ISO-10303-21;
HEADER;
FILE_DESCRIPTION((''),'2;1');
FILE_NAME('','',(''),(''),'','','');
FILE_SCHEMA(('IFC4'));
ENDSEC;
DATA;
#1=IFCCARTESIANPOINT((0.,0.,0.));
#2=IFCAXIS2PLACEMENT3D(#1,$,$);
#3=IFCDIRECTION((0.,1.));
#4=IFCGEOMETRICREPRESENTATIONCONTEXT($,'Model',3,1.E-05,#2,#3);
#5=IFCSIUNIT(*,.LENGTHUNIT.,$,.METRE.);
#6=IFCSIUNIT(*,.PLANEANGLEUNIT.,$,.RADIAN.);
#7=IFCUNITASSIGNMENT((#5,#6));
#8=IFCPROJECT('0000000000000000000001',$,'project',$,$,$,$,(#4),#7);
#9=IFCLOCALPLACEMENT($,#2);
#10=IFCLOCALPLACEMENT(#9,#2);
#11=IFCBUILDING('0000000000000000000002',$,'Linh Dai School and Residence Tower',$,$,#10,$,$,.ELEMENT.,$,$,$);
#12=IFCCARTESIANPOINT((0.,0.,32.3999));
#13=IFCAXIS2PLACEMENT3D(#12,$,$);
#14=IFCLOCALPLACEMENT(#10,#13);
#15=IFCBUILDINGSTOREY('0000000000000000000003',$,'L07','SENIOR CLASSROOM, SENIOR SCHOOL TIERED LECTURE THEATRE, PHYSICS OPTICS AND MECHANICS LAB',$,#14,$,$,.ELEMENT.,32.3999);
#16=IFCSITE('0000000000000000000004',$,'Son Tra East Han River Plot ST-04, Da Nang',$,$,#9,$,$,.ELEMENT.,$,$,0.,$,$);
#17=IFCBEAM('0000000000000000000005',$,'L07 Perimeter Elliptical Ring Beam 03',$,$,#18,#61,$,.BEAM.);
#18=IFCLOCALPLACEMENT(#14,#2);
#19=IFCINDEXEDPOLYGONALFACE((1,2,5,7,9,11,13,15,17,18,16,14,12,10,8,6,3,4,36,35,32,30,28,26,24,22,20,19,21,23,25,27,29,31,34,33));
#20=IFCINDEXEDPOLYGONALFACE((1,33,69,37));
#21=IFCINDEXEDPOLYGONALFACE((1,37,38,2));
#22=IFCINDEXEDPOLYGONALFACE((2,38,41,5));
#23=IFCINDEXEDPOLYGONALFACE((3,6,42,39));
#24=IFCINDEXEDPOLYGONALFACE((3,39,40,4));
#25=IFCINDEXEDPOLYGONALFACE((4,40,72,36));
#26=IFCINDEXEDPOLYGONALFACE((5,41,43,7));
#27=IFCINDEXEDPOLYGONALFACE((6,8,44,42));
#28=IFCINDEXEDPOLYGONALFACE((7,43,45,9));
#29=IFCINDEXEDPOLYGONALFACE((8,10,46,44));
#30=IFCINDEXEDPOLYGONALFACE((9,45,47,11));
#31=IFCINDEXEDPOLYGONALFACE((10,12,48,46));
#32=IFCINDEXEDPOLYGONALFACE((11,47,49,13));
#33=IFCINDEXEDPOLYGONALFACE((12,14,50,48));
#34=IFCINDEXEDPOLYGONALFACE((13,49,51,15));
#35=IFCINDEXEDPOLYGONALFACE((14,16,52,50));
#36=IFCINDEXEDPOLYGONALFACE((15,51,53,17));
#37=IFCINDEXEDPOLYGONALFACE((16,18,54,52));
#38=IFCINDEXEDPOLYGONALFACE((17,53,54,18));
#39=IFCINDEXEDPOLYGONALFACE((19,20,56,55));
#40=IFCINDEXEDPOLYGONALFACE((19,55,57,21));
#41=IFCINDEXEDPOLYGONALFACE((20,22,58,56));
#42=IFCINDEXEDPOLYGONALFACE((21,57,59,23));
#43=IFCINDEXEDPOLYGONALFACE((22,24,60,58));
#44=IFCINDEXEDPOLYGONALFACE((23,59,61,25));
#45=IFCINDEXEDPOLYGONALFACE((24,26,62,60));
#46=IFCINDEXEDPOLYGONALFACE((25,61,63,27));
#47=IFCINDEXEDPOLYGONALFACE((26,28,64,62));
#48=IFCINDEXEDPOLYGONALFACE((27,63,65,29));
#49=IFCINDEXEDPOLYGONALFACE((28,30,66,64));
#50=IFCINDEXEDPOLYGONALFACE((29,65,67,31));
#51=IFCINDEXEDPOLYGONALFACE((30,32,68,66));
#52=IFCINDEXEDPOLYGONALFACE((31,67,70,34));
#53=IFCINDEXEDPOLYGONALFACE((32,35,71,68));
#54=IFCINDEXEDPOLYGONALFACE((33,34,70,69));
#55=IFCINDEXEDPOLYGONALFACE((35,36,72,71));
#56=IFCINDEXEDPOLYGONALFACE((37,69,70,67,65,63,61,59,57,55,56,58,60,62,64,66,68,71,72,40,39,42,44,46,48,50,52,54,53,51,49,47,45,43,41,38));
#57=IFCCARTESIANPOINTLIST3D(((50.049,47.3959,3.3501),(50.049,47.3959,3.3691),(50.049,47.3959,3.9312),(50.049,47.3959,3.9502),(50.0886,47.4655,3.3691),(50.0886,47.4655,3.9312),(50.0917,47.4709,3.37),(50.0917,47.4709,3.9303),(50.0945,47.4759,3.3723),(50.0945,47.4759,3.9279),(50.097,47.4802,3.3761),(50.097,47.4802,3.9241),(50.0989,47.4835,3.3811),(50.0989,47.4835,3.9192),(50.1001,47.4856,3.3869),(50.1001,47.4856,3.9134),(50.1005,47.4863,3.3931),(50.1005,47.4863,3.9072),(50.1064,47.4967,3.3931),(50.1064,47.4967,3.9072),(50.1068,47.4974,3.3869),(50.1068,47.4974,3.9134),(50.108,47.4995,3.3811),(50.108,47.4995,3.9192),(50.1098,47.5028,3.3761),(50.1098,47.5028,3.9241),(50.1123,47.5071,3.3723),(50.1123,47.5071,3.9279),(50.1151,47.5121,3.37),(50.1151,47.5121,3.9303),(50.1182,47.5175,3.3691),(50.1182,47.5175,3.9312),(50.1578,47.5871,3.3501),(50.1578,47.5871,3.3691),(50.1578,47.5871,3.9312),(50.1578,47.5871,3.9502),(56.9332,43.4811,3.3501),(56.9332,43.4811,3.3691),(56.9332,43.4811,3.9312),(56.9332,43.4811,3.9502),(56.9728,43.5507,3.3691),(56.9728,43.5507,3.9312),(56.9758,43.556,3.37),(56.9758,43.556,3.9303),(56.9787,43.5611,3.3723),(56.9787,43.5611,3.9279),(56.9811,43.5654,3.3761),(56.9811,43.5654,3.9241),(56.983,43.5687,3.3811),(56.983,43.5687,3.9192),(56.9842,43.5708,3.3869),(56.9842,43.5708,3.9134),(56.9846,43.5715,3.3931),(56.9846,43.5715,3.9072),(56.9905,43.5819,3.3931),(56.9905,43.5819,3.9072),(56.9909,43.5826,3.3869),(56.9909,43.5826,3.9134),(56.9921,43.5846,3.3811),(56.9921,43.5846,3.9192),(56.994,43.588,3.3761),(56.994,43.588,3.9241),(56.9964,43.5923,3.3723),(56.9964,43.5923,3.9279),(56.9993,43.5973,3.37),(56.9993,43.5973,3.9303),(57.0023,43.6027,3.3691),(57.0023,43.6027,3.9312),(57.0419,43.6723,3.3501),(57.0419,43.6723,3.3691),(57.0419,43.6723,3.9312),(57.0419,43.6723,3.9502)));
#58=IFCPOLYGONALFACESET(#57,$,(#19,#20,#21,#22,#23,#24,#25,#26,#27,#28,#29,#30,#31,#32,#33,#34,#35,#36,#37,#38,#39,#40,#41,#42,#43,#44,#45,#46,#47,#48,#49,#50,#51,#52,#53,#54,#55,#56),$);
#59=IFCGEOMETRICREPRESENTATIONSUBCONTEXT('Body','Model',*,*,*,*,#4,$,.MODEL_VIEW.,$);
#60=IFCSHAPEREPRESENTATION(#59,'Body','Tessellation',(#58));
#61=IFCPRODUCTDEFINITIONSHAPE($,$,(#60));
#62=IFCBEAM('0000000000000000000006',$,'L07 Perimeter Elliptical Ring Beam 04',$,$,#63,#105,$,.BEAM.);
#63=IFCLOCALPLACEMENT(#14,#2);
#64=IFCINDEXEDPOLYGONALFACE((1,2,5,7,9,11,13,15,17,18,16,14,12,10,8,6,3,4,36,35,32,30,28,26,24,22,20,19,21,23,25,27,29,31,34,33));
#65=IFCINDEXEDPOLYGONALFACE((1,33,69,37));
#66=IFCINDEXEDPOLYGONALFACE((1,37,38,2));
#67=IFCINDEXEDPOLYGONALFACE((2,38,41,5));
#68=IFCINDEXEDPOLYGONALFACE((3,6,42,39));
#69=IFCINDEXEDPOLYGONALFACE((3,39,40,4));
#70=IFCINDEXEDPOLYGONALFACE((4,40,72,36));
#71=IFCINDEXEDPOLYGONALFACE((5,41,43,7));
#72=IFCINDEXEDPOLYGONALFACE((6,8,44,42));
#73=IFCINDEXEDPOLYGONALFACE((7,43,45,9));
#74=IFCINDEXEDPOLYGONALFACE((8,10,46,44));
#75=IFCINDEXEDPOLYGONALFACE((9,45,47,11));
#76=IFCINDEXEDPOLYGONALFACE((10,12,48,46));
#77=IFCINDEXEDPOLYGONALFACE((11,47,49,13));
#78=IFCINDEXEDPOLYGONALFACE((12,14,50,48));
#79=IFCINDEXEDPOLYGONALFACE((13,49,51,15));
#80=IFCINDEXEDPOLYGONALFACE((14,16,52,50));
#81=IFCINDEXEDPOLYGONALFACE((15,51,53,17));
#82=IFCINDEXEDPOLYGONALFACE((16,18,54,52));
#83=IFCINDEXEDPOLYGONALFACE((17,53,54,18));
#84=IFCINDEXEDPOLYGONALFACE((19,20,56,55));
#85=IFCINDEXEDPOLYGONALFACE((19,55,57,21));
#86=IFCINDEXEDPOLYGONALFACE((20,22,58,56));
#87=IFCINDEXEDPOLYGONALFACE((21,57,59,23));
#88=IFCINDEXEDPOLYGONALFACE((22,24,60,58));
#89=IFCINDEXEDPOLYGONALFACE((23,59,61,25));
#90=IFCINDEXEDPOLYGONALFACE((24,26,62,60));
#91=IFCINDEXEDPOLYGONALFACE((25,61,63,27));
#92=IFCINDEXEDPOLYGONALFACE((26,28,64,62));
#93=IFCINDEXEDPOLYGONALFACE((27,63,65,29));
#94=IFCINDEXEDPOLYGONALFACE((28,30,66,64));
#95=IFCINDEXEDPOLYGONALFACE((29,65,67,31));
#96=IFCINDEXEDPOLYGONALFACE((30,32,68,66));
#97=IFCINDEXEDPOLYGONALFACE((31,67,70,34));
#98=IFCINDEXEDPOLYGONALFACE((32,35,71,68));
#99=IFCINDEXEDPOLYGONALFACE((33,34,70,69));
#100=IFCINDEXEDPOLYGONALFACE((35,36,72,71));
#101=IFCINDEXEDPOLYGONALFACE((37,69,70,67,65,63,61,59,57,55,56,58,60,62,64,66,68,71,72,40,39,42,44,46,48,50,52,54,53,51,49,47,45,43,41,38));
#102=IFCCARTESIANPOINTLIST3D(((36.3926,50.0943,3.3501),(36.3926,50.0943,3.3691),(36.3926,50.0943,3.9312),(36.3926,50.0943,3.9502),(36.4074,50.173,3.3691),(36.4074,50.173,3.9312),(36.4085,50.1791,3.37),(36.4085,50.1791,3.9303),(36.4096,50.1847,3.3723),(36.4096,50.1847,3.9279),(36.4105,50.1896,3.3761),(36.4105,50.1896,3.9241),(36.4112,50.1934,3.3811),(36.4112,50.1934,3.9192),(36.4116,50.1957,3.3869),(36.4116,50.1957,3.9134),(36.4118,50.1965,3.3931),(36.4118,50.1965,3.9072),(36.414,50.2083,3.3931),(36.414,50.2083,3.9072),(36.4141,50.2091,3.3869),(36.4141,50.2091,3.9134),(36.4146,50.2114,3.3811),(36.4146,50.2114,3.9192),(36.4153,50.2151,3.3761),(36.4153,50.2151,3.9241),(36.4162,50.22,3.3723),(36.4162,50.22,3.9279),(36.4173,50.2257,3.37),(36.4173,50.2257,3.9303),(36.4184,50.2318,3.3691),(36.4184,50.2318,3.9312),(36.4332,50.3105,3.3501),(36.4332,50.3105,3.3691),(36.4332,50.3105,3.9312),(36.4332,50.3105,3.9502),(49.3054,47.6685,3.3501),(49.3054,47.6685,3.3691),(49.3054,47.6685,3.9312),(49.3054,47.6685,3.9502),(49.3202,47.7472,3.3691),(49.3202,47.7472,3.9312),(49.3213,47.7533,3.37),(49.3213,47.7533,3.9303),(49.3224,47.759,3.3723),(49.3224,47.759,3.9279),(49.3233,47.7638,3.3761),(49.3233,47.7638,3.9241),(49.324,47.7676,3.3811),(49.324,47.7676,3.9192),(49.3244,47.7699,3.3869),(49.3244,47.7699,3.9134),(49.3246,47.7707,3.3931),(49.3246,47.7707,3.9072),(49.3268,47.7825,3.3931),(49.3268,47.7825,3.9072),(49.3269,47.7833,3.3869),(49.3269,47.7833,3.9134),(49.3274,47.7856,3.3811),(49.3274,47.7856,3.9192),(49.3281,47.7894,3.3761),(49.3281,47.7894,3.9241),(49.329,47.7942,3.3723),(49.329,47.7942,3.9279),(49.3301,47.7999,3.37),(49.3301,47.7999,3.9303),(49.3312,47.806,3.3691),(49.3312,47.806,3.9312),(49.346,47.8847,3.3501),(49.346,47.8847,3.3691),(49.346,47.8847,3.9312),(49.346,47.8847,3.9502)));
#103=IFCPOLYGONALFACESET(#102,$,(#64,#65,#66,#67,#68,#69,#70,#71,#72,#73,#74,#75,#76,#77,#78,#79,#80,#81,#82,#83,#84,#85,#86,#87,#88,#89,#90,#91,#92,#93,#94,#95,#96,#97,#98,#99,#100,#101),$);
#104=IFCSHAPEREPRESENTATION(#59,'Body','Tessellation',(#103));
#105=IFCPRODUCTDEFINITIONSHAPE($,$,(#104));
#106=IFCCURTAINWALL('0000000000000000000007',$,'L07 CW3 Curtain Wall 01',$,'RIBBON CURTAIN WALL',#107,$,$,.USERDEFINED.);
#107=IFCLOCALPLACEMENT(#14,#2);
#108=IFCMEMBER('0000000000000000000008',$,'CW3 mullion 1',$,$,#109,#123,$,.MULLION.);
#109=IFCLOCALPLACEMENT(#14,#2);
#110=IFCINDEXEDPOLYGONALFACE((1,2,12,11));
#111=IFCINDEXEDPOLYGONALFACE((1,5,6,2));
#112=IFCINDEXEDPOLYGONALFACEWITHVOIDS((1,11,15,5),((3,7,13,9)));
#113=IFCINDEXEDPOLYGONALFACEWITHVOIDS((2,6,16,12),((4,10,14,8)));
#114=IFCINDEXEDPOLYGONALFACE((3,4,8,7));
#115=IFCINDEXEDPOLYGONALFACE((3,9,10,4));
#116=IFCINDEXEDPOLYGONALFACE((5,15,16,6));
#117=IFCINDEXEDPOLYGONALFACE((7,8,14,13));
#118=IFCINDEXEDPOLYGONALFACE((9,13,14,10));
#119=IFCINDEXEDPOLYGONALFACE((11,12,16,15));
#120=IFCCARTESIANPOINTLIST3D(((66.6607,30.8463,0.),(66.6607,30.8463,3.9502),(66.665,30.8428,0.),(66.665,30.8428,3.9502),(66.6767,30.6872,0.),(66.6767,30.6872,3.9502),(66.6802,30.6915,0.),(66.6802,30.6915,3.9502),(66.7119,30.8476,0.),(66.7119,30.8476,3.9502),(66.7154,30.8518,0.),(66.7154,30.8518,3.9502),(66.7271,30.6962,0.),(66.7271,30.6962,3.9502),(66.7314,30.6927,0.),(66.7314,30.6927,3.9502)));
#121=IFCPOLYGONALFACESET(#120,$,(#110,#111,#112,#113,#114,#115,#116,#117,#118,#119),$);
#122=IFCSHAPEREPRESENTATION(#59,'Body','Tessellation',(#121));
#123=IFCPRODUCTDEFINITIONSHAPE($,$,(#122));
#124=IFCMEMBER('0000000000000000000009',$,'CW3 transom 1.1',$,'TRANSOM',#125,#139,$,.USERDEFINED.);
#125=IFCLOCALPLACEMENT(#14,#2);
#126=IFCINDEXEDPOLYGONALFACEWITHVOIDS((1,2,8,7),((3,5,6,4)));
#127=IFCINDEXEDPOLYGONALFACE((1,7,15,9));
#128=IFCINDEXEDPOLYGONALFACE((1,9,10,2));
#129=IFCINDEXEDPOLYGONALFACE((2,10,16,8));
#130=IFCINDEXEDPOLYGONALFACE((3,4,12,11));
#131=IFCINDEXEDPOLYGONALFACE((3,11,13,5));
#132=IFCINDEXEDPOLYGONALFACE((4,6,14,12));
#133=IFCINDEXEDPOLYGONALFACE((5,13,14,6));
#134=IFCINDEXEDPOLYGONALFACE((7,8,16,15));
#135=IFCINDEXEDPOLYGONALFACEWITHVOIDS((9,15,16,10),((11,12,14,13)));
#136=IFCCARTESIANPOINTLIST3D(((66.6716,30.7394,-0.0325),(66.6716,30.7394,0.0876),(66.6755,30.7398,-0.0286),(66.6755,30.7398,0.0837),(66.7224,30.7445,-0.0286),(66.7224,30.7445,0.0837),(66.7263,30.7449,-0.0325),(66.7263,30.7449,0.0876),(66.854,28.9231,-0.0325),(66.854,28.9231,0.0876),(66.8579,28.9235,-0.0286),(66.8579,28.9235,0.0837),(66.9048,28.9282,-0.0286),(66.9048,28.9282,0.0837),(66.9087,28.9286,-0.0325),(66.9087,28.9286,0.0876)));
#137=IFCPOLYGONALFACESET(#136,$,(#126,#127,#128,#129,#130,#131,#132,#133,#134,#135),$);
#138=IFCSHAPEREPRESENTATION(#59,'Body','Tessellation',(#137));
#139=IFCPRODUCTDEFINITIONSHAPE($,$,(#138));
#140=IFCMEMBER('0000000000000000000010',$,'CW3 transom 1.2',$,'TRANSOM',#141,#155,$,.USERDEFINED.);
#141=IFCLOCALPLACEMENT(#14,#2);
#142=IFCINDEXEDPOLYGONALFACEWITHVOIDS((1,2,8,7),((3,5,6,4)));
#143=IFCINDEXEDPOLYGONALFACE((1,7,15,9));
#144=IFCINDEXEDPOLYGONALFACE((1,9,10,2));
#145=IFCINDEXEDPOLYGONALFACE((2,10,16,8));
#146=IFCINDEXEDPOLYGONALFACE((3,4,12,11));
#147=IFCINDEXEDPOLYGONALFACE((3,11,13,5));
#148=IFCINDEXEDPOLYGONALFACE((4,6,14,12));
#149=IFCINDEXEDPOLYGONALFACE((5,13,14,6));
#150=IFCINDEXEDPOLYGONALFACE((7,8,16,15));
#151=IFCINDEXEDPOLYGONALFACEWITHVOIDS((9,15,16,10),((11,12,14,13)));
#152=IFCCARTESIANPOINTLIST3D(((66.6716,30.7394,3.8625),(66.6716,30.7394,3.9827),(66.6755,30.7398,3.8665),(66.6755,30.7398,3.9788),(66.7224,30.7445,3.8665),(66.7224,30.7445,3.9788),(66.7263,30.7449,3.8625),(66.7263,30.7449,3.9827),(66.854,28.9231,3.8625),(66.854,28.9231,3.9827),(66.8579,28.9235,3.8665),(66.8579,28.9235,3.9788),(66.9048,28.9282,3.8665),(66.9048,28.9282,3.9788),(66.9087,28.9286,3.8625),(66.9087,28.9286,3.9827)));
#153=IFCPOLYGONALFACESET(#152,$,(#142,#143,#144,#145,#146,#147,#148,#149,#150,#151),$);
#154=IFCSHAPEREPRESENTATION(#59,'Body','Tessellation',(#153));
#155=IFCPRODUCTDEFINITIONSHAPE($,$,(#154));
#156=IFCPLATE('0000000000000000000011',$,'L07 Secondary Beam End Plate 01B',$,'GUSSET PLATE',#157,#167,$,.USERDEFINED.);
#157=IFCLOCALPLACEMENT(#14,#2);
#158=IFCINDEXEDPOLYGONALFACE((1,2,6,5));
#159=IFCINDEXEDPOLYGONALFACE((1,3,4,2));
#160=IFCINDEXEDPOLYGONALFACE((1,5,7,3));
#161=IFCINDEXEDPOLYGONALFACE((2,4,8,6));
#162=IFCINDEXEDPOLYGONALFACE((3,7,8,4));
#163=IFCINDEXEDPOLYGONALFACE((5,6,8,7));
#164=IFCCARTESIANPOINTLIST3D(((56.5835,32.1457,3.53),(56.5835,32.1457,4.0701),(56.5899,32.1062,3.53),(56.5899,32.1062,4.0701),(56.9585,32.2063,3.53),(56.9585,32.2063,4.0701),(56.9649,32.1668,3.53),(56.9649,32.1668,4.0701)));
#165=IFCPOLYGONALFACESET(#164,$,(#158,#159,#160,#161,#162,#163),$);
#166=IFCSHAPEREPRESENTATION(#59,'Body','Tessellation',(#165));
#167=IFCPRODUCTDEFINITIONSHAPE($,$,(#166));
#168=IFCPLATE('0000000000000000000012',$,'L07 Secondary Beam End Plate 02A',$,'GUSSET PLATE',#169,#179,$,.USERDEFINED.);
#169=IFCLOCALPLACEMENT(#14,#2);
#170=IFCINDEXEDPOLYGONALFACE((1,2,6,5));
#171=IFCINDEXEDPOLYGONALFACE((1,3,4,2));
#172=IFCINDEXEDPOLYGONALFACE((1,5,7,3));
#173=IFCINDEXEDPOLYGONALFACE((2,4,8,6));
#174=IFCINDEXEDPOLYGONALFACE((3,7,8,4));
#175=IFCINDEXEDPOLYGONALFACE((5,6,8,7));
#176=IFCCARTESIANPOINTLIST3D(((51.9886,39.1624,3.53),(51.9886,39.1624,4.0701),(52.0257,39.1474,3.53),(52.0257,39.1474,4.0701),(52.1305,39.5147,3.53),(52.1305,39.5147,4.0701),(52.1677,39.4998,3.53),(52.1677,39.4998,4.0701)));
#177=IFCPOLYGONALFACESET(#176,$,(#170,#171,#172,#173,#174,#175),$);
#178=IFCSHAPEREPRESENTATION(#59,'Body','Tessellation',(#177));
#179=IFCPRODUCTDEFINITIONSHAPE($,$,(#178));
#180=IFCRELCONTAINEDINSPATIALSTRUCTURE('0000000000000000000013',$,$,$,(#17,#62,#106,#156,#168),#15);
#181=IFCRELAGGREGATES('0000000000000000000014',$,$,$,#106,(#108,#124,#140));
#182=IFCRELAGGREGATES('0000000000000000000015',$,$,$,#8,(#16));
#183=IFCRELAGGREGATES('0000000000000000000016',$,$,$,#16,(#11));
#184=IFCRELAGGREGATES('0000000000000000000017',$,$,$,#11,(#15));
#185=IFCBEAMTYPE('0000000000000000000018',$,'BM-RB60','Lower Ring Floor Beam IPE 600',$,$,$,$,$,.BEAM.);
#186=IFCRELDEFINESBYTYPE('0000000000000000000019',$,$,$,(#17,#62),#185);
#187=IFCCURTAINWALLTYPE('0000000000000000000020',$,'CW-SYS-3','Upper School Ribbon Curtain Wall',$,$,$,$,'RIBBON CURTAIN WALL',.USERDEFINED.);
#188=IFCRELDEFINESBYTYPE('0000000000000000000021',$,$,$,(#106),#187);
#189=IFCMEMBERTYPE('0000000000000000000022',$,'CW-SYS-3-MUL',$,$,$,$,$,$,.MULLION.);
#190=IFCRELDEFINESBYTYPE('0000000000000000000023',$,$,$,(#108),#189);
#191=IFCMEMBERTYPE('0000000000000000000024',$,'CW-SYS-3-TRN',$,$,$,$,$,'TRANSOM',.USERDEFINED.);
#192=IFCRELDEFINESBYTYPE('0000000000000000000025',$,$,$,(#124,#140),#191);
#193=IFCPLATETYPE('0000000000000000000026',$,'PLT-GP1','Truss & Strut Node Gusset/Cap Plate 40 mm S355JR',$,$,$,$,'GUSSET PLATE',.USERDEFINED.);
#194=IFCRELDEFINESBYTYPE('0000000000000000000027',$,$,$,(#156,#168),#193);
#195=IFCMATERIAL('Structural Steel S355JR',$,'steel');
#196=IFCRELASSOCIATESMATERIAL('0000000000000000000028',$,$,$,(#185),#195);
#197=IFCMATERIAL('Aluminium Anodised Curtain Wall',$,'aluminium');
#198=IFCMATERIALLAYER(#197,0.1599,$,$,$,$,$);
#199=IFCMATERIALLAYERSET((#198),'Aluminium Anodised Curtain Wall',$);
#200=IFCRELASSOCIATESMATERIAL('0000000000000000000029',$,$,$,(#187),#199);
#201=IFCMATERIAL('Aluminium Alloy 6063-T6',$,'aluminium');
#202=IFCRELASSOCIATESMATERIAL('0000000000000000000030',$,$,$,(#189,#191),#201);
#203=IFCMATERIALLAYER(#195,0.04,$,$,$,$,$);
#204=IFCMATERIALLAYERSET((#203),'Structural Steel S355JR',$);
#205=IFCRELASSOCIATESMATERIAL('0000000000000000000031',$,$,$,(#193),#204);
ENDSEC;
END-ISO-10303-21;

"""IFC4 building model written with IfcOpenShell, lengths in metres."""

from ifc_helpers import new_model, si_unit, direction, frame, origin, origin_2d, place, context, subcontext, project, spatial, rectangle, hollow_rectangle, i_section, extrude, source, transform, mapped, material, layer, layer_set, material_profile, profile_set, type_object, element, aggregate, save


model = new_model("IFC4")

# Units and contexts
model_context = context("Model", 3, precision=1e-05, world=origin(), true_north=direction((0.0, 1.0)))
body_context = subcontext(model_context, "Body", "Model", "MODEL_VIEW")
ifc_project = project(units=[si_unit("LENGTHUNIT", "METRE"), si_unit("PLANEANGLEUNIT", "RADIAN")], contexts=[model_context])

# Site, building, storey
site_placement = place(None, origin())
site = spatial("IfcSite", under=ifc_project, at=site_placement, Name="Son Tra East Han River Plot ST-04, Da Nang", CompositionType="ELEMENT", RefElevation=0.0)
building_placement = place(site_placement, origin())
building = spatial("IfcBuilding", under=site, at=building_placement, Name="Linh Dai School and Residence Tower", CompositionType="ELEMENT")
storey_placement = place(building_placement, frame((0.0, 0.0, 32.3999)))
storey = spatial("IfcBuildingStorey", under=building, at=storey_placement, Name="L07", Description="SENIOR CLASSROOM, SENIOR SCHOOL TIERED LECTURE THEATRE, PHYSICS OPTICS AND MECHANICS LAB", CompositionType="ELEMENT", Elevation=32.3999)

# Shared definitions
ifc_material_1 = material(Name="Structural Steel S355JR", Category="steel")

# Beams
ifc_material_profile_1 = material_profile(ifc_material_1, i_section(OverallWidth=0.22, OverallDepth=0.6001, WebThickness=0.012, FlangeThickness=0.019, FilletRadius=0.0239, at=origin_2d()), Name="IPE 600")
ifc_profile_set_1 = profile_set([ifc_material_profile_1], Name="Structural Steel S355JR")
beam_type_1 = type_object("IfcBeamType", Name="BM-RB60", Description="Lower Ring Floor Beam IPE 600", PredefinedType="BEAM", material=ifc_profile_set_1)
beam_1_placement = place(storey_placement, frame((56.9875, 43.5767, 3.6501), z_axis=(-0.869271, 0.494335, 0.0), x_axis=(-0.494335, -0.869271, 0.0)))
element("IfcBeam", 1, at=beam_1_placement, inside=storey, type_object=beam_type_1, Name="L07 Perimeter Elliptical Ring Beam 03", PredefinedType="BEAM", context=body_context, shape_type="SweptSolid", body=[
    extrude(i_section(OverallWidth=0.22, OverallDepth=0.6001, WebThickness=0.012, FlangeThickness=0.019, FilletRadius=0.0239, at=origin_2d()), origin(), (0.0, 0.0, 1.0), 7.9194),
])
beam_2_placement = place(storey_placement, frame((49.3257, 47.7766, 3.6501), z_axis=(-0.982808, 0.184628, 0.0), x_axis=(-0.184628, -0.982808, 0.0)))
element("IfcBeam", 2, at=beam_2_placement, inside=storey, type_object=beam_type_1, Name="L07 Perimeter Elliptical Ring Beam 04", PredefinedType="BEAM", context=body_context, shape_type="SweptSolid", body=[
    extrude(i_section(OverallWidth=0.22, OverallDepth=0.6001, WebThickness=0.012, FlangeThickness=0.019, FilletRadius=0.0239, at=origin_2d()), origin(), (0.0, 0.0, 1.0), 13.1387),
])

# Curtain wall, members
ifc_material_2 = material(Name="Aluminium Anodised Curtain Wall", Category="aluminium")
ifc_layer_1 = layer(ifc_material_2, 0.1599)
ifc_layer_set_1 = layer_set([ifc_layer_1], Name="Aluminium Anodised Curtain Wall")
curtain_wall_type = type_object("IfcCurtainWallType", Name="CW-SYS-3", Description="Upper School Ribbon Curtain Wall", ElementType="RIBBON CURTAIN WALL", PredefinedType="USERDEFINED", material=ifc_layer_set_1)
curtain_wall_placement = place(storey_placement, origin())
curtain_wall = element("IfcCurtainWall", 3, at=curtain_wall_placement, inside=storey, type_object=curtain_wall_type, Name="L07 CW3 Curtain Wall 01", ObjectType="RIBBON CURTAIN WALL", PredefinedType="USERDEFINED")
ifc_material_3 = material(Name="Aluminium Alloy 6063-T6", Category="aluminium")
ifc_material_profile_2 = material_profile(ifc_material_3, hollow_rectangle(XDim=0.0549, YDim=0.1599, WallThickness=0.0039, at=origin_2d()), Name="RHS 160x55x4")
ifc_profile_set_2 = profile_set([ifc_material_profile_2], Name="Aluminium Alloy 6063-T6")
member_type_1 = type_object("IfcMemberType", Name="CW-SYS-3-MUL", PredefinedType="MULLION", material=ifc_profile_set_2)
shared_shape_1 = source(origin(), body_context, "Body", "SweptSolid", [
    extrude(hollow_rectangle(XDim=0.0549, YDim=0.1599, WallThickness=0.0039, at=origin_2d()), origin(), (0.0, 0.0, 1.0), 3.9502),
])
member_1_placement = place(storey_placement, frame((66.696, 30.7695, 0.0), z_axis=(0.0, 0.0, 1.0), x_axis=(0.994986, 0.100009, 0.0)))
member_1 = element("IfcMember", 4, at=member_1_placement, type_object=member_type_1, Name="CW3 mullion 1", PredefinedType="MULLION", context=body_context, shape_type="MappedRepresentation", body=[
    mapped(shared_shape_1, transform((0.0, 0.0, 0.0), x_axis=(1.0, 0.0, 0.0), y_axis=(0.0, 1.0, 0.0), z_axis=(0.0, 0.0, 1.0), scale=1.0)),
])
ifc_material_profile_3 = material_profile(ifc_material_3, hollow_rectangle(XDim=0.0549, YDim=0.1201, WallThickness=0.0039, at=origin_2d()), Name="RHS 120x55x4")
ifc_profile_set_3 = profile_set([ifc_material_profile_3], Name="Aluminium Alloy 6063-T6")
member_type_2 = type_object("IfcMemberType", Name="CW-SYS-3-TRN", ElementType="TRANSOM", PredefinedType="USERDEFINED", material=ifc_profile_set_3)
shared_shape_2 = source(origin(), body_context, "Body", "SweptSolid", [
    extrude(hollow_rectangle(XDim=0.0549, YDim=0.1201, WallThickness=0.0039, at=origin_2d()), origin(), (0.0, 0.0, 1.0), 1.8254),
])
member_2_placement = place(storey_placement, frame((66.699, 30.7422, 0.0276), z_axis=(0.099901, -0.994997, 0.0), x_axis=(0.994997, 0.099901, 0.0)))
member_2 = element("IfcMember", 5, at=member_2_placement, type_object=member_type_2, Name="CW3 transom 1.1", ObjectType="TRANSOM", PredefinedType="USERDEFINED", context=body_context, shape_type="MappedRepresentation", body=[
    mapped(shared_shape_2, transform((0.0, 0.0, 0.0), x_axis=(1.0, 0.0, 0.0), y_axis=(0.0, 1.0, 0.0), z_axis=(0.0, 0.0, 1.0), scale=1.0)),
])
member_3_placement = place(storey_placement, frame((66.699, 30.7422, 3.9226), z_axis=(0.099901, -0.994997, 0.0), x_axis=(0.994997, 0.099901, 0.0)))
member_3 = element("IfcMember", 6, at=member_3_placement, type_object=member_type_2, Name="CW3 transom 1.2", ObjectType="TRANSOM", PredefinedType="USERDEFINED", context=body_context, shape_type="MappedRepresentation", body=[
    mapped(shared_shape_2, transform((0.0, 0.0, 0.0), x_axis=(1.0, 0.0, 0.0), y_axis=(0.0, 1.0, 0.0), z_axis=(0.0, 0.0, 1.0), scale=1.0)),
])
aggregate(curtain_wall, [member_1, member_2, member_3])

# Plates
ifc_layer_2 = layer(ifc_material_1, 0.04)
ifc_layer_set_2 = layer_set([ifc_layer_2], Name="Structural Steel S355JR")
plate_type_1 = type_object("IfcPlateType", Name="PLT-GP1", Description="Truss & Strut Node Gusset/Cap Plate 40 mm S355JR", ElementType="GUSSET PLATE", PredefinedType="USERDEFINED", material=ifc_layer_set_2)
shared_shape_3 = source(origin(), body_context, "Body", "SweptSolid", [
    extrude(rectangle(XDim=0.04, YDim=0.3799, at=origin_2d()), origin(), (0.0, 0.0, 1.0), 0.54),
])
for number, where, z_axis, x_axis, name in (
    (7, (56.7742, 32.1562, 3.53), (0.0, 0.0, 1.0), (-0.159659, 0.987172, 0.0), "L07 Secondary Beam End Plate 01B"),
    (8, (52.0781, 39.3311, 3.53), (0.0, 0.0, 1.0), (-0.927536, 0.373733, 0.0), "L07 Secondary Beam End Plate 02A"),
):
    element("IfcPlate", number, at=place(storey_placement, frame(where, z_axis=z_axis, x_axis=x_axis)), inside=storey, type_object=plate_type_1, Name=name, ObjectType="GUSSET PLATE", PredefinedType="USERDEFINED", context=body_context, shape_type="MappedRepresentation", body=[
        mapped(shared_shape_3, transform((0.0, 0.0, 0.0), x_axis=(1.0, 0.0, 0.0), y_axis=(0.0, 1.0, 0.0), z_axis=(0.0, 0.0, 1.0), scale=1.0)),
    ])

save(model, "model.ifc")
